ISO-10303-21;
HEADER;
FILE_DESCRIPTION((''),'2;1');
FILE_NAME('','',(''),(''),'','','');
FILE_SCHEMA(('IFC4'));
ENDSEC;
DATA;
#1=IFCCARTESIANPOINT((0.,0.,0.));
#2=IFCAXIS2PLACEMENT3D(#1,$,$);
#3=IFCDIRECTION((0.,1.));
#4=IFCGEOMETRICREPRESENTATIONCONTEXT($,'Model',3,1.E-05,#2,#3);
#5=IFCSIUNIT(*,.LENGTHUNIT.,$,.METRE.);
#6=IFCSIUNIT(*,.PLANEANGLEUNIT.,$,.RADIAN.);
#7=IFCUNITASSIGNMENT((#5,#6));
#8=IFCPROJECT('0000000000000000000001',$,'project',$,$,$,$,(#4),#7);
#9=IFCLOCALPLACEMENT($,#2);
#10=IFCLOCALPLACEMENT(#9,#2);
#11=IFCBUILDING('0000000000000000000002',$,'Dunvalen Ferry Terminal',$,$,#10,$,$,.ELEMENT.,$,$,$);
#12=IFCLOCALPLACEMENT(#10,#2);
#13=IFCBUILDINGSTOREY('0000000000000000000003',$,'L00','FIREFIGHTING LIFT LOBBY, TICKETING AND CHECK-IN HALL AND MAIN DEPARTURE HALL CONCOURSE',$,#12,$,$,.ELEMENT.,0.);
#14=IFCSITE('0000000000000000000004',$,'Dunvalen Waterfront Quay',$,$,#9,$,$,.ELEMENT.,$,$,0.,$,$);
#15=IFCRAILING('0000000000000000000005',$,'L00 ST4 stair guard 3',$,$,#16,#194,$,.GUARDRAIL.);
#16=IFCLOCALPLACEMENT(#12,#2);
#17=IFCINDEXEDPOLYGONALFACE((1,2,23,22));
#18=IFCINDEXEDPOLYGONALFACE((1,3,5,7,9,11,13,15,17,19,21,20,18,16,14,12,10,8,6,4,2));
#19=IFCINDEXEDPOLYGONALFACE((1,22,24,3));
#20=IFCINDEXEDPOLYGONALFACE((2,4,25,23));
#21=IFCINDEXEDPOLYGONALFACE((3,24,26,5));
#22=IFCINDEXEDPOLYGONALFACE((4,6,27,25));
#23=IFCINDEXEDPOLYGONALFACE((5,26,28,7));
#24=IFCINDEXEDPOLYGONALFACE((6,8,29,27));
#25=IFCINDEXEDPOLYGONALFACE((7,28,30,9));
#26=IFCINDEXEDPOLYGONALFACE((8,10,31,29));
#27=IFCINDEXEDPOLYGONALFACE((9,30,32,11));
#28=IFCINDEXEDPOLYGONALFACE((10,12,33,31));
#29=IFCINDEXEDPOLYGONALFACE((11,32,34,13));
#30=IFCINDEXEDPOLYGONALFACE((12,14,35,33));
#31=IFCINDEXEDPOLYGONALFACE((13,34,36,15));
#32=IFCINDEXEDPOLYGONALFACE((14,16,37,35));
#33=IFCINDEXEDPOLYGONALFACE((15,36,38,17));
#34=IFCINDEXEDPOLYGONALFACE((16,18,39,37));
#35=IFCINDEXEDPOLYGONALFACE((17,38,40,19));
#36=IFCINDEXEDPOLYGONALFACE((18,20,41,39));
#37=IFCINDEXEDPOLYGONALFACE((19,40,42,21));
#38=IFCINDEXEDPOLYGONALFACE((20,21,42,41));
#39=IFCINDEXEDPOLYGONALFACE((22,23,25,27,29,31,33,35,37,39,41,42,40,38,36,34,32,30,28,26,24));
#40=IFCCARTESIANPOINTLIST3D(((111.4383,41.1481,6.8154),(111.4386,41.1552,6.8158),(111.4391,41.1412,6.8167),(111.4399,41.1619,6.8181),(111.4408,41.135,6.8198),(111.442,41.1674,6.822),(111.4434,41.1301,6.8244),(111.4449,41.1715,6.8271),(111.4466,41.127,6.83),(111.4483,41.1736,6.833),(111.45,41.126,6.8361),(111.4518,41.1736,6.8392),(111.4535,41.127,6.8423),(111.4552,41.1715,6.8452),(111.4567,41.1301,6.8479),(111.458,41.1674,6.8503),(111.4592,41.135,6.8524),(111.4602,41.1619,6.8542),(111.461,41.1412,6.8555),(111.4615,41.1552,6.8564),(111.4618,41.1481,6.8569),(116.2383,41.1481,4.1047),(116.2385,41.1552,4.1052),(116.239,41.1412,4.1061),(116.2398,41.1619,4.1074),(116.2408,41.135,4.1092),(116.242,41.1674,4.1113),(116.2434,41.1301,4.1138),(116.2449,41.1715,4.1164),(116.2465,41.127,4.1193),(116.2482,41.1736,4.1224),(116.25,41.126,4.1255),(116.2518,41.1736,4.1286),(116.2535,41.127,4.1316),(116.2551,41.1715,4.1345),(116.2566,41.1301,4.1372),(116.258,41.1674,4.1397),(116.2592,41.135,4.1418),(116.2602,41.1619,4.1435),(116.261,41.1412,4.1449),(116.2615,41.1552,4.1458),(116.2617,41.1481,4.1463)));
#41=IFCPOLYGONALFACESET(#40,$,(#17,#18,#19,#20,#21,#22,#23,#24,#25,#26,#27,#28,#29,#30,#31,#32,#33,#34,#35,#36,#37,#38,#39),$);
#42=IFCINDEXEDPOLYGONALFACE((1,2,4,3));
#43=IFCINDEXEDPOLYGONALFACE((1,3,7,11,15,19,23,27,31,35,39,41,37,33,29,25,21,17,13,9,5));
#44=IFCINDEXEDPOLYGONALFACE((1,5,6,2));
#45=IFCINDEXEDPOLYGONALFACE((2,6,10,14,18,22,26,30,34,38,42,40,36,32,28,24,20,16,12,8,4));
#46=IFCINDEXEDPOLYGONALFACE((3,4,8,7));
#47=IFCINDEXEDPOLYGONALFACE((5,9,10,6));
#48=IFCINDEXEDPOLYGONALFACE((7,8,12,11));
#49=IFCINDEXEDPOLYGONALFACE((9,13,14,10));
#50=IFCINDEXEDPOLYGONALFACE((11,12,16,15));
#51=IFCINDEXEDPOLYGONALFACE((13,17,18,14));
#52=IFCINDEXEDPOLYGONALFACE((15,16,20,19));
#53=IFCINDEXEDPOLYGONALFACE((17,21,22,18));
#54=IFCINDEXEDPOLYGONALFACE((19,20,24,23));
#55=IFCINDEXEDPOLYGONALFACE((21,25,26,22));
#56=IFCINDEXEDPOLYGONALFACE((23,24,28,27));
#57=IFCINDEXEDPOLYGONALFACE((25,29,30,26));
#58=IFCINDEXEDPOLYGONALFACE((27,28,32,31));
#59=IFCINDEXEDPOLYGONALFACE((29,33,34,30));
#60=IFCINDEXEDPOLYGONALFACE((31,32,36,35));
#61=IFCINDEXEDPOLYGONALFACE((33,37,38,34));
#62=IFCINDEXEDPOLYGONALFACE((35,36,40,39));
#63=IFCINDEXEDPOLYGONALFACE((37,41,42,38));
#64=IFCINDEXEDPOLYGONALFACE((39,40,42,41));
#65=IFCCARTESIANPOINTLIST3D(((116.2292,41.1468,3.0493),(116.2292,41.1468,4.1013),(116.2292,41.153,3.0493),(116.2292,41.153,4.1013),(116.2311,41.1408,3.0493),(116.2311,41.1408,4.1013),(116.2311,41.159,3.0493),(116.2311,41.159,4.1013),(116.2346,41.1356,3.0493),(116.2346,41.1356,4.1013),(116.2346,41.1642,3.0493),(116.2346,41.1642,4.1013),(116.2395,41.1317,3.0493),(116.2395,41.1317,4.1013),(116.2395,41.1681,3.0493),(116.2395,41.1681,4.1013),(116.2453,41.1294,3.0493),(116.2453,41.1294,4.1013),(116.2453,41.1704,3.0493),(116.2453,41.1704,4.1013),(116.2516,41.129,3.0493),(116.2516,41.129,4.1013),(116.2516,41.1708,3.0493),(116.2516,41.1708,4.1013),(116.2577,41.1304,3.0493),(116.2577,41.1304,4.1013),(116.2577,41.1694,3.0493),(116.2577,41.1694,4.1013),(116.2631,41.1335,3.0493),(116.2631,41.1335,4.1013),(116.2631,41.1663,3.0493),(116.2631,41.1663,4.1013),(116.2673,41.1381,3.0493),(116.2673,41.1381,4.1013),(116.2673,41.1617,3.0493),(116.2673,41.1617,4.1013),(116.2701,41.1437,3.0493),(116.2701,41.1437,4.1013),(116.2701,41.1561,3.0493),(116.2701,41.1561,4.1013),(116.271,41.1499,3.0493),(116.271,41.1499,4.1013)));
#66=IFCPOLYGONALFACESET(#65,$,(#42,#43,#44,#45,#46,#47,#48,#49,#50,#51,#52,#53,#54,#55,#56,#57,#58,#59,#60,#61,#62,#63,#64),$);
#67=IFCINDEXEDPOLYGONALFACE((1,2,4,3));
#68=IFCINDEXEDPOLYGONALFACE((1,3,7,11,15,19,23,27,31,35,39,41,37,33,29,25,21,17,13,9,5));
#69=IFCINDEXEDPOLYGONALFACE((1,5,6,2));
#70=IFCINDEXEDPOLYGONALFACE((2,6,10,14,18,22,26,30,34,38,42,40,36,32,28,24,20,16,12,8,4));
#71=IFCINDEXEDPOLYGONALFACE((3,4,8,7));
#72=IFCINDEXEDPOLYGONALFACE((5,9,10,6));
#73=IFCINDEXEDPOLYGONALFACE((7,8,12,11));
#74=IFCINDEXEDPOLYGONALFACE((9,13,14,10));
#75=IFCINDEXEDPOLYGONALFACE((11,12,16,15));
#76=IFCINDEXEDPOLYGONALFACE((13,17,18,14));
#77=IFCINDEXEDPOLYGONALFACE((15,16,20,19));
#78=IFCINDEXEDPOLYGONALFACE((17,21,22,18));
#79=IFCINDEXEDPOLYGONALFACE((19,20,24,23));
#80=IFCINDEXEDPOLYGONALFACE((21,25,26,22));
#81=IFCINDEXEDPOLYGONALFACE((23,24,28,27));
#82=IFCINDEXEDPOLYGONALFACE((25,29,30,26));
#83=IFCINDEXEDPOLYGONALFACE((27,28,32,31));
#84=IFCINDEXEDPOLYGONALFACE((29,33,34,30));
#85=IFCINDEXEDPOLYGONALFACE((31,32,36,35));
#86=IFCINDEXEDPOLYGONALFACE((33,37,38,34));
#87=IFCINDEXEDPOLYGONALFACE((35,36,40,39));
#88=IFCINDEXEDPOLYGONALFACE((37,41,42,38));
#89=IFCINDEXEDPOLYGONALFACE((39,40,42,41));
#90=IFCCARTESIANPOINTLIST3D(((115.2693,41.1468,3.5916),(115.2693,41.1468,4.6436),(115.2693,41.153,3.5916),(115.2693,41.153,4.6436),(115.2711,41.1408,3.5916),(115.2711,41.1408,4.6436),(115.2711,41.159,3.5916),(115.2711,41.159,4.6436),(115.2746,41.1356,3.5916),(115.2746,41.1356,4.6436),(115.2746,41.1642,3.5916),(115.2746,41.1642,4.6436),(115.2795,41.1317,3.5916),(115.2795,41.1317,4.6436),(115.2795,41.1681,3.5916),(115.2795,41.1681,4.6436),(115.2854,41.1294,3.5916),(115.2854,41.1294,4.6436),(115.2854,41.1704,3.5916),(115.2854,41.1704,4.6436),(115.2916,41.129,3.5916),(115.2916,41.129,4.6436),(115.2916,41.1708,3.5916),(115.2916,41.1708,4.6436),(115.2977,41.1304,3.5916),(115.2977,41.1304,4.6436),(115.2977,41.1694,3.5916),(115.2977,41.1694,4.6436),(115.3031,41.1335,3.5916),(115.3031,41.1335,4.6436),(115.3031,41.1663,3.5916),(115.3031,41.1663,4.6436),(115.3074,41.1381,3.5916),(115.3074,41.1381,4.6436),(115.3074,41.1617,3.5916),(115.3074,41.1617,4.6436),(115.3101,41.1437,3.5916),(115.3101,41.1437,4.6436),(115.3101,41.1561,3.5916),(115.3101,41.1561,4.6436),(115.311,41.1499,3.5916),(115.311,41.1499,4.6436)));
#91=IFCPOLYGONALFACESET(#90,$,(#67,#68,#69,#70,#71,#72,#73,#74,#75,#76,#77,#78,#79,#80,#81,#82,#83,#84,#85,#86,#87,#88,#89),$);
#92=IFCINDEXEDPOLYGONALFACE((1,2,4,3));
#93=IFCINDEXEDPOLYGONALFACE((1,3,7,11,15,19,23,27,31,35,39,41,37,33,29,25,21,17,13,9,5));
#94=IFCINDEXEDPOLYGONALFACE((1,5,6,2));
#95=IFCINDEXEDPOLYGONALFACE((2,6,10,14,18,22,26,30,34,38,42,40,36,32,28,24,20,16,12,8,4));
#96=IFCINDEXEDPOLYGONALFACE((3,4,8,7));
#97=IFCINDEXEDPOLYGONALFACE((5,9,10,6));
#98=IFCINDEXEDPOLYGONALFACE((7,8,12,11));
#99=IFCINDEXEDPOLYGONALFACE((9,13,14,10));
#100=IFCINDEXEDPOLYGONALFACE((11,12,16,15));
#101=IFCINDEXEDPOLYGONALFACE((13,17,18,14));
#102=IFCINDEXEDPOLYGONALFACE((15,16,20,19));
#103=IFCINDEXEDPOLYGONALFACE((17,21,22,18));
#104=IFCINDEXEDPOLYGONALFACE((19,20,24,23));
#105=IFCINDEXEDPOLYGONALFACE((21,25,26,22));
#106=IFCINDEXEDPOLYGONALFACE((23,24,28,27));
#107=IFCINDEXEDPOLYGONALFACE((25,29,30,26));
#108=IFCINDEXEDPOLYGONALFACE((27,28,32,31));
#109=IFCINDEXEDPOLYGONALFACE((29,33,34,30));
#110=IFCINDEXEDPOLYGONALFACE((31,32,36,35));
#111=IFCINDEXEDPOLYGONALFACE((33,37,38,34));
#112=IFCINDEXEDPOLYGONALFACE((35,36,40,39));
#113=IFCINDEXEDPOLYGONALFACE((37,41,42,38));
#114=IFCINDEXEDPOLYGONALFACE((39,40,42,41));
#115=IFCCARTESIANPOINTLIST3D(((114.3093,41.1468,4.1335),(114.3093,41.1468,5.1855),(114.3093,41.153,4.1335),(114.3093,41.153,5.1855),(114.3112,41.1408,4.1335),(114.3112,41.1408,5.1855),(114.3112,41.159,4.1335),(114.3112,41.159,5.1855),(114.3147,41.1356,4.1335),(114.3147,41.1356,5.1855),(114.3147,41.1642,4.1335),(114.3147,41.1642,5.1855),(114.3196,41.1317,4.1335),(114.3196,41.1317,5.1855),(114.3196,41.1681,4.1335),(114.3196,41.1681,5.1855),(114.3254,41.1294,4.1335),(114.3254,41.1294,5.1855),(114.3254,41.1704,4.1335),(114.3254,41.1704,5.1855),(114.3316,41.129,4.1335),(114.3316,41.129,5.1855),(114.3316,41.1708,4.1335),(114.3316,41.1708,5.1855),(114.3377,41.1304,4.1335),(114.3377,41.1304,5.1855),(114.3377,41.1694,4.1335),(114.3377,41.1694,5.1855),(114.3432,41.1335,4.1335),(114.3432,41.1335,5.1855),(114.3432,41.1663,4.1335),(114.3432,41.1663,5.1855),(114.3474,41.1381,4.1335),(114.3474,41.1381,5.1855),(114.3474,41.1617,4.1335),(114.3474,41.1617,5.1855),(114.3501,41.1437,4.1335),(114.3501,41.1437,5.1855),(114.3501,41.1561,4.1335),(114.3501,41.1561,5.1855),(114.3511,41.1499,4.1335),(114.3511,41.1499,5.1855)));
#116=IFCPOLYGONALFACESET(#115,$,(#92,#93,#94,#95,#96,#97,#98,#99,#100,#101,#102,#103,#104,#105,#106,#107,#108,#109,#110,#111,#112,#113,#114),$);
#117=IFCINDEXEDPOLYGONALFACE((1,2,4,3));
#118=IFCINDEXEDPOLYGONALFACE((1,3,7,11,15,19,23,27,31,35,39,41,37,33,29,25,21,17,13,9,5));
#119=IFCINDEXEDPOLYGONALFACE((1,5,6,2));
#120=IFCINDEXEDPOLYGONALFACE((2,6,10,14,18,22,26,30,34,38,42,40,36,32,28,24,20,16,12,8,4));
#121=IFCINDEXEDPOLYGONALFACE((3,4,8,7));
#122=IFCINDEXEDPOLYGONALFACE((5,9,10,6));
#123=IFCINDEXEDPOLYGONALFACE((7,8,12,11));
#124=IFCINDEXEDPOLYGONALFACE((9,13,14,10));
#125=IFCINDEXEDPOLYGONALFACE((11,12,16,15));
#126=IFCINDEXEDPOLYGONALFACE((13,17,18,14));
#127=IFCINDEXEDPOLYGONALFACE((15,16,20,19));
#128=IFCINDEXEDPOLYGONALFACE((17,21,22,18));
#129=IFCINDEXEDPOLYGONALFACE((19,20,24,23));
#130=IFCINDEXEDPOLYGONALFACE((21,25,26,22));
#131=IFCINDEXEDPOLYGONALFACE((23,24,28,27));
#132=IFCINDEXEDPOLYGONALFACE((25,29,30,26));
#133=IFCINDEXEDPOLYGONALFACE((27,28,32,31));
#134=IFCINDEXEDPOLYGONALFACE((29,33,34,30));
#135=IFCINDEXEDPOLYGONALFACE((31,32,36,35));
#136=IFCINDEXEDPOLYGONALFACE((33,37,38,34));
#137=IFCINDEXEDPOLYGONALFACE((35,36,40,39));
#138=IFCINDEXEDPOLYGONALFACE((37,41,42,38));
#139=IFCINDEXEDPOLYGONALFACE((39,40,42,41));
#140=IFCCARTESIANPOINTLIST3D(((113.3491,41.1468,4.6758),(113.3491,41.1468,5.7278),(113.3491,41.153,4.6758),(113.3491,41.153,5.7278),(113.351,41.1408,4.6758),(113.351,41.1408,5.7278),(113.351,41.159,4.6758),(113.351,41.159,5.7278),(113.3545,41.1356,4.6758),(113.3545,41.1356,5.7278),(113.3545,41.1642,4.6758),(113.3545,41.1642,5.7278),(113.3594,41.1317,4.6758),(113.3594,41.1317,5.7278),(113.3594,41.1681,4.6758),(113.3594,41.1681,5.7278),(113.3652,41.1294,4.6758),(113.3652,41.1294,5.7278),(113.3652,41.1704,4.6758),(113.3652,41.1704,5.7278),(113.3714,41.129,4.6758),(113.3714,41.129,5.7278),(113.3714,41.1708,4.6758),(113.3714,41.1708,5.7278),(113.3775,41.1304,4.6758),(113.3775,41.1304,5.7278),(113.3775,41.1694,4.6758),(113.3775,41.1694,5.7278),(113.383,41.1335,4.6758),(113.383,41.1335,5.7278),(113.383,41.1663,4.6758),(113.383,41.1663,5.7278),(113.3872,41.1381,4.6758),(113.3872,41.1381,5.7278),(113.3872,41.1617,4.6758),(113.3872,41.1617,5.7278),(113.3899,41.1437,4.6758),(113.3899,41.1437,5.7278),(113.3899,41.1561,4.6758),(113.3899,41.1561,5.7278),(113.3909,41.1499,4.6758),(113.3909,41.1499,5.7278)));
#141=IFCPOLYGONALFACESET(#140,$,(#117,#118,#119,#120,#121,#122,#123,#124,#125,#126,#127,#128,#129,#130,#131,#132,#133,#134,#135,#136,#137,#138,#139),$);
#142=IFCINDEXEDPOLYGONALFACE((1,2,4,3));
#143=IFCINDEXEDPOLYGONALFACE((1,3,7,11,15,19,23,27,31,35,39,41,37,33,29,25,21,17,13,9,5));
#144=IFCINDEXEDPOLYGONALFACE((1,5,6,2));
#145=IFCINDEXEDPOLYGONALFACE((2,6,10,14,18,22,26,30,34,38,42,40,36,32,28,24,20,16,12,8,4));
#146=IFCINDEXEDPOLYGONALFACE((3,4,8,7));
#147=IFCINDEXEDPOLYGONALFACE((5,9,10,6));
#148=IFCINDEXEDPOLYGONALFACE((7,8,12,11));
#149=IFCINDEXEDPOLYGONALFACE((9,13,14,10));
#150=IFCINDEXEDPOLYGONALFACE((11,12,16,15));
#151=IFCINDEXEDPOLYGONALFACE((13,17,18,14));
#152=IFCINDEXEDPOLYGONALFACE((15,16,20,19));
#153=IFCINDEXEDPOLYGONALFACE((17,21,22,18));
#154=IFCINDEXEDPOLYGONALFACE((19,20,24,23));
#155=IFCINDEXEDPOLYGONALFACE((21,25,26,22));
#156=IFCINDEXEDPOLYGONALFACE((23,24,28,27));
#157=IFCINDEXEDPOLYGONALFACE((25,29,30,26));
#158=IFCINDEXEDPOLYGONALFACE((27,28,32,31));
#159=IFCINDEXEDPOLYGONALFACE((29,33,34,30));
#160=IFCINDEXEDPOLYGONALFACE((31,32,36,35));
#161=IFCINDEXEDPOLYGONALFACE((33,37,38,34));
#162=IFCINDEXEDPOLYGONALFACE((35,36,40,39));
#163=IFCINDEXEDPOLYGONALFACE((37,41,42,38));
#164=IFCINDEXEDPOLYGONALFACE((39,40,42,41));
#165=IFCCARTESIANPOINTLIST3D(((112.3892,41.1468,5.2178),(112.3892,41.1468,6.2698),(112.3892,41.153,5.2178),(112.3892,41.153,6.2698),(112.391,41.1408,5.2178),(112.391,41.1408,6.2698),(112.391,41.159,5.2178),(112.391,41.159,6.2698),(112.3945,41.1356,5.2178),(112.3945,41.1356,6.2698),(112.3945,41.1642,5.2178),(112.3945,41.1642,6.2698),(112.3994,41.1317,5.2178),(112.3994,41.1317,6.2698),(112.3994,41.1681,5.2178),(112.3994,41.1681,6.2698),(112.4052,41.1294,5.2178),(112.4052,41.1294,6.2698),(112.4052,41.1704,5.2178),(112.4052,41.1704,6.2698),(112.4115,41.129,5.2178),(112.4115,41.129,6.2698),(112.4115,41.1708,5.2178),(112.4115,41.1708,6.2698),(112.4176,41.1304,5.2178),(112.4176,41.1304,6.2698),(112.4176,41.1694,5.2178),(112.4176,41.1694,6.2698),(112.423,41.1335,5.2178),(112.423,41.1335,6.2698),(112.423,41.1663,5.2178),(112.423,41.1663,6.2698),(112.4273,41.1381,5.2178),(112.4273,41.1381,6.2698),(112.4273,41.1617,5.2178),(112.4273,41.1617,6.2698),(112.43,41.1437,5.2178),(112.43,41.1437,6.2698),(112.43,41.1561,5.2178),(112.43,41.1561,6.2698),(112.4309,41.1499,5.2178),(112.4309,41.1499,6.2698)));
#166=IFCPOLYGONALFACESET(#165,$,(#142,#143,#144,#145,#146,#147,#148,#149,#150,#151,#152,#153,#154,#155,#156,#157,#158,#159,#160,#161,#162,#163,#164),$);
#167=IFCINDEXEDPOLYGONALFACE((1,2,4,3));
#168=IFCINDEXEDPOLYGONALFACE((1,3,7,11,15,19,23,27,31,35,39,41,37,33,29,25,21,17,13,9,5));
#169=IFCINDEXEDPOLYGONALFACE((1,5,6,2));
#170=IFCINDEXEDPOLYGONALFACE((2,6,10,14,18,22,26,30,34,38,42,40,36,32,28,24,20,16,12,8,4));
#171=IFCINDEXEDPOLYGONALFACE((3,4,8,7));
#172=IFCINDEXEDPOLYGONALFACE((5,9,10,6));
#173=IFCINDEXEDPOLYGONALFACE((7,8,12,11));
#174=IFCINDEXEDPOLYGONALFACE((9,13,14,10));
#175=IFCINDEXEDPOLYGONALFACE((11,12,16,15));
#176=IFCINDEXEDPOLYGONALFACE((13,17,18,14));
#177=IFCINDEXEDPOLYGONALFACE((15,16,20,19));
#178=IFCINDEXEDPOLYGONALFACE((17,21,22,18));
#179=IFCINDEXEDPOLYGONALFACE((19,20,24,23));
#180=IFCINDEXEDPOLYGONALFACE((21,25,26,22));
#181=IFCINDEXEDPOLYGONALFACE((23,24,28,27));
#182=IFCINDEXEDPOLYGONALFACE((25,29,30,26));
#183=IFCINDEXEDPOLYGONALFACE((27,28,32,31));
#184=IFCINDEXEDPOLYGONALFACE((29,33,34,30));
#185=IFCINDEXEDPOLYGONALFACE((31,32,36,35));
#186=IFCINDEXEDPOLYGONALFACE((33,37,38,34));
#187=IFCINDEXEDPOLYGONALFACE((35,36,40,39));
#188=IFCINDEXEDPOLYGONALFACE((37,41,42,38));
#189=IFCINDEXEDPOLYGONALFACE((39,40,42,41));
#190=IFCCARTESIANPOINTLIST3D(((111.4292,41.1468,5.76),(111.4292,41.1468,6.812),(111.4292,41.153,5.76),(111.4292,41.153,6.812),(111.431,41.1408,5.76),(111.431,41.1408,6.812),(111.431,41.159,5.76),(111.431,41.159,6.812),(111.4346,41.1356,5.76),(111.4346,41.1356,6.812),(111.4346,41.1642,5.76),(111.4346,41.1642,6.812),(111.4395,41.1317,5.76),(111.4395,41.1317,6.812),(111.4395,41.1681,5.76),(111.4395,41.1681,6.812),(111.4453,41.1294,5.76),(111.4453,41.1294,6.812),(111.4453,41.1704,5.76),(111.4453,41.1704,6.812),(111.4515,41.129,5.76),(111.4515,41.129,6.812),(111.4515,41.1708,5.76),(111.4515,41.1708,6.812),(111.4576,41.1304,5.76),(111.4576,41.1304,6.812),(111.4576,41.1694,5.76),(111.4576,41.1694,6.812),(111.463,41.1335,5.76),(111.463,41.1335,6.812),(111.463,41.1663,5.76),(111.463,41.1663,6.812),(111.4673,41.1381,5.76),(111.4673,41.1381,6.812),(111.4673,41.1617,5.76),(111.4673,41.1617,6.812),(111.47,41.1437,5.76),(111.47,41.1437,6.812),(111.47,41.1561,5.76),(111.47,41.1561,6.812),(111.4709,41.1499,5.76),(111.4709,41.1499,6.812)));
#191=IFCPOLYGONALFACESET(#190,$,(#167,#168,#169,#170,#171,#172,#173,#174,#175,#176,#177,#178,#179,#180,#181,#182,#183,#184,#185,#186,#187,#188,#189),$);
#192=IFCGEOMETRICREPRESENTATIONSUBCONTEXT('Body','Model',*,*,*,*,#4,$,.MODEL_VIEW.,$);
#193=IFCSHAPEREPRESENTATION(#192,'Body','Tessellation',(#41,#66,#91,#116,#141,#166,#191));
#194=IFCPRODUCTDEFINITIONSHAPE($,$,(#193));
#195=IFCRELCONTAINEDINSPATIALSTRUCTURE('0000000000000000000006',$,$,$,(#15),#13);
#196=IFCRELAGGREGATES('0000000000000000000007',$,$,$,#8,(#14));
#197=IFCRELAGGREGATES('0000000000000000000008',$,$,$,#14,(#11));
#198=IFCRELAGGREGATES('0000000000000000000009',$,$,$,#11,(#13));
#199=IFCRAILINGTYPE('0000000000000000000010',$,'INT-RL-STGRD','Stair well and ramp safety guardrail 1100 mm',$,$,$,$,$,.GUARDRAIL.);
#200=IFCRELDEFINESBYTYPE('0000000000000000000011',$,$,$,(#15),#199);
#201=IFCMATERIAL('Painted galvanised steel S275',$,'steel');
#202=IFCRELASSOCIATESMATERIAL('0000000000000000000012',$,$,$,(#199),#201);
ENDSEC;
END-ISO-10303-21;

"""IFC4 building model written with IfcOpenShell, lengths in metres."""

from ifc_helpers import new_model, si_unit, direction, frame, origin, origin_2d, place, context, subcontext, project, spatial, circle, extrude, material, type_object, element, save


model = new_model("IFC4")

# Units and contexts
model_context = context("Model", 3, precision=1e-05, world=origin(), true_north=direction((0.0, 1.0)))
body_context = subcontext(model_context, "Body", "Model", "MODEL_VIEW")
ifc_project = project(units=[si_unit("LENGTHUNIT", "METRE"), si_unit("PLANEANGLEUNIT", "RADIAN")], contexts=[model_context])

# Site, building, storey
site_placement = place(None, origin())
site = spatial("IfcSite", under=ifc_project, at=site_placement, Name="Dunvalen Waterfront Quay", CompositionType="ELEMENT", RefElevation=0.0)
building_placement = place(site_placement, origin())
building = spatial("IfcBuilding", under=site, at=building_placement, Name="Dunvalen Ferry Terminal", CompositionType="ELEMENT")
storey_placement = place(building_placement, origin())
storey = spatial("IfcBuildingStorey", under=building, at=storey_placement, Name="L00", Description="FIREFIGHTING LIFT LOBBY, TICKETING AND CHECK-IN HALL AND MAIN DEPARTURE HALL CONCOURSE", CompositionType="ELEMENT", Elevation=0.0)

# Railing
ifc_material_1 = material(Name="Painted galvanised steel S275", Category="steel")
railing_type_1 = type_object("IfcRailingType", Name="INT-RL-STGRD", Description="Stair well and ramp safety guardrail 1100 mm", PredefinedType="GUARDRAIL", material=ifc_material_1)
railing_1_placement = place(storey_placement, frame((116.25, 41.1499, 3.0493)))
element("IfcRailing", 1, at=railing_1_placement, inside=storey, type_object=railing_type_1, Name="L00 ST4 stair guard 3", PredefinedType="GUARDRAIL", context=body_context, shape_type="SweptSolid", body=[
    extrude(circle(Radius=0.0239, at=origin_2d()), frame((0.0, 0.0, 1.0762), z_axis=(-0.870748, 0.0, 0.49173), x_axis=(0.0, -1.0, 0.0)), (0.0, 0.0, 1.0), 5.5125),
    extrude(circle(Radius=0.021, at=origin_2d()), origin(), (0.0, 0.0, 1.0), 1.052),
    extrude(circle(Radius=0.021, at=origin_2d()), frame((-0.96, 0.0, 0.5422)), (0.0, 0.0, 1.0), 1.052),
    extrude(circle(Radius=0.021, at=origin_2d()), frame((-1.9199, 0.0, 1.0842)), (0.0, 0.0, 1.0), 1.052),
    extrude(circle(Radius=0.021, at=origin_2d()), frame((-2.8801, 0.0, 1.6265)), (0.0, 0.0, 1.0), 1.052),
    extrude(circle(Radius=0.021, at=origin_2d()), frame((-3.8401, 0.0, 2.1685)), (0.0, 0.0, 1.0), 1.052),
    extrude(circle(Radius=0.021, at=origin_2d()), frame((-4.8, 0.0, 2.7107)), (0.0, 0.0, 1.0), 1.052),
])

save(model, "model.ifc")
